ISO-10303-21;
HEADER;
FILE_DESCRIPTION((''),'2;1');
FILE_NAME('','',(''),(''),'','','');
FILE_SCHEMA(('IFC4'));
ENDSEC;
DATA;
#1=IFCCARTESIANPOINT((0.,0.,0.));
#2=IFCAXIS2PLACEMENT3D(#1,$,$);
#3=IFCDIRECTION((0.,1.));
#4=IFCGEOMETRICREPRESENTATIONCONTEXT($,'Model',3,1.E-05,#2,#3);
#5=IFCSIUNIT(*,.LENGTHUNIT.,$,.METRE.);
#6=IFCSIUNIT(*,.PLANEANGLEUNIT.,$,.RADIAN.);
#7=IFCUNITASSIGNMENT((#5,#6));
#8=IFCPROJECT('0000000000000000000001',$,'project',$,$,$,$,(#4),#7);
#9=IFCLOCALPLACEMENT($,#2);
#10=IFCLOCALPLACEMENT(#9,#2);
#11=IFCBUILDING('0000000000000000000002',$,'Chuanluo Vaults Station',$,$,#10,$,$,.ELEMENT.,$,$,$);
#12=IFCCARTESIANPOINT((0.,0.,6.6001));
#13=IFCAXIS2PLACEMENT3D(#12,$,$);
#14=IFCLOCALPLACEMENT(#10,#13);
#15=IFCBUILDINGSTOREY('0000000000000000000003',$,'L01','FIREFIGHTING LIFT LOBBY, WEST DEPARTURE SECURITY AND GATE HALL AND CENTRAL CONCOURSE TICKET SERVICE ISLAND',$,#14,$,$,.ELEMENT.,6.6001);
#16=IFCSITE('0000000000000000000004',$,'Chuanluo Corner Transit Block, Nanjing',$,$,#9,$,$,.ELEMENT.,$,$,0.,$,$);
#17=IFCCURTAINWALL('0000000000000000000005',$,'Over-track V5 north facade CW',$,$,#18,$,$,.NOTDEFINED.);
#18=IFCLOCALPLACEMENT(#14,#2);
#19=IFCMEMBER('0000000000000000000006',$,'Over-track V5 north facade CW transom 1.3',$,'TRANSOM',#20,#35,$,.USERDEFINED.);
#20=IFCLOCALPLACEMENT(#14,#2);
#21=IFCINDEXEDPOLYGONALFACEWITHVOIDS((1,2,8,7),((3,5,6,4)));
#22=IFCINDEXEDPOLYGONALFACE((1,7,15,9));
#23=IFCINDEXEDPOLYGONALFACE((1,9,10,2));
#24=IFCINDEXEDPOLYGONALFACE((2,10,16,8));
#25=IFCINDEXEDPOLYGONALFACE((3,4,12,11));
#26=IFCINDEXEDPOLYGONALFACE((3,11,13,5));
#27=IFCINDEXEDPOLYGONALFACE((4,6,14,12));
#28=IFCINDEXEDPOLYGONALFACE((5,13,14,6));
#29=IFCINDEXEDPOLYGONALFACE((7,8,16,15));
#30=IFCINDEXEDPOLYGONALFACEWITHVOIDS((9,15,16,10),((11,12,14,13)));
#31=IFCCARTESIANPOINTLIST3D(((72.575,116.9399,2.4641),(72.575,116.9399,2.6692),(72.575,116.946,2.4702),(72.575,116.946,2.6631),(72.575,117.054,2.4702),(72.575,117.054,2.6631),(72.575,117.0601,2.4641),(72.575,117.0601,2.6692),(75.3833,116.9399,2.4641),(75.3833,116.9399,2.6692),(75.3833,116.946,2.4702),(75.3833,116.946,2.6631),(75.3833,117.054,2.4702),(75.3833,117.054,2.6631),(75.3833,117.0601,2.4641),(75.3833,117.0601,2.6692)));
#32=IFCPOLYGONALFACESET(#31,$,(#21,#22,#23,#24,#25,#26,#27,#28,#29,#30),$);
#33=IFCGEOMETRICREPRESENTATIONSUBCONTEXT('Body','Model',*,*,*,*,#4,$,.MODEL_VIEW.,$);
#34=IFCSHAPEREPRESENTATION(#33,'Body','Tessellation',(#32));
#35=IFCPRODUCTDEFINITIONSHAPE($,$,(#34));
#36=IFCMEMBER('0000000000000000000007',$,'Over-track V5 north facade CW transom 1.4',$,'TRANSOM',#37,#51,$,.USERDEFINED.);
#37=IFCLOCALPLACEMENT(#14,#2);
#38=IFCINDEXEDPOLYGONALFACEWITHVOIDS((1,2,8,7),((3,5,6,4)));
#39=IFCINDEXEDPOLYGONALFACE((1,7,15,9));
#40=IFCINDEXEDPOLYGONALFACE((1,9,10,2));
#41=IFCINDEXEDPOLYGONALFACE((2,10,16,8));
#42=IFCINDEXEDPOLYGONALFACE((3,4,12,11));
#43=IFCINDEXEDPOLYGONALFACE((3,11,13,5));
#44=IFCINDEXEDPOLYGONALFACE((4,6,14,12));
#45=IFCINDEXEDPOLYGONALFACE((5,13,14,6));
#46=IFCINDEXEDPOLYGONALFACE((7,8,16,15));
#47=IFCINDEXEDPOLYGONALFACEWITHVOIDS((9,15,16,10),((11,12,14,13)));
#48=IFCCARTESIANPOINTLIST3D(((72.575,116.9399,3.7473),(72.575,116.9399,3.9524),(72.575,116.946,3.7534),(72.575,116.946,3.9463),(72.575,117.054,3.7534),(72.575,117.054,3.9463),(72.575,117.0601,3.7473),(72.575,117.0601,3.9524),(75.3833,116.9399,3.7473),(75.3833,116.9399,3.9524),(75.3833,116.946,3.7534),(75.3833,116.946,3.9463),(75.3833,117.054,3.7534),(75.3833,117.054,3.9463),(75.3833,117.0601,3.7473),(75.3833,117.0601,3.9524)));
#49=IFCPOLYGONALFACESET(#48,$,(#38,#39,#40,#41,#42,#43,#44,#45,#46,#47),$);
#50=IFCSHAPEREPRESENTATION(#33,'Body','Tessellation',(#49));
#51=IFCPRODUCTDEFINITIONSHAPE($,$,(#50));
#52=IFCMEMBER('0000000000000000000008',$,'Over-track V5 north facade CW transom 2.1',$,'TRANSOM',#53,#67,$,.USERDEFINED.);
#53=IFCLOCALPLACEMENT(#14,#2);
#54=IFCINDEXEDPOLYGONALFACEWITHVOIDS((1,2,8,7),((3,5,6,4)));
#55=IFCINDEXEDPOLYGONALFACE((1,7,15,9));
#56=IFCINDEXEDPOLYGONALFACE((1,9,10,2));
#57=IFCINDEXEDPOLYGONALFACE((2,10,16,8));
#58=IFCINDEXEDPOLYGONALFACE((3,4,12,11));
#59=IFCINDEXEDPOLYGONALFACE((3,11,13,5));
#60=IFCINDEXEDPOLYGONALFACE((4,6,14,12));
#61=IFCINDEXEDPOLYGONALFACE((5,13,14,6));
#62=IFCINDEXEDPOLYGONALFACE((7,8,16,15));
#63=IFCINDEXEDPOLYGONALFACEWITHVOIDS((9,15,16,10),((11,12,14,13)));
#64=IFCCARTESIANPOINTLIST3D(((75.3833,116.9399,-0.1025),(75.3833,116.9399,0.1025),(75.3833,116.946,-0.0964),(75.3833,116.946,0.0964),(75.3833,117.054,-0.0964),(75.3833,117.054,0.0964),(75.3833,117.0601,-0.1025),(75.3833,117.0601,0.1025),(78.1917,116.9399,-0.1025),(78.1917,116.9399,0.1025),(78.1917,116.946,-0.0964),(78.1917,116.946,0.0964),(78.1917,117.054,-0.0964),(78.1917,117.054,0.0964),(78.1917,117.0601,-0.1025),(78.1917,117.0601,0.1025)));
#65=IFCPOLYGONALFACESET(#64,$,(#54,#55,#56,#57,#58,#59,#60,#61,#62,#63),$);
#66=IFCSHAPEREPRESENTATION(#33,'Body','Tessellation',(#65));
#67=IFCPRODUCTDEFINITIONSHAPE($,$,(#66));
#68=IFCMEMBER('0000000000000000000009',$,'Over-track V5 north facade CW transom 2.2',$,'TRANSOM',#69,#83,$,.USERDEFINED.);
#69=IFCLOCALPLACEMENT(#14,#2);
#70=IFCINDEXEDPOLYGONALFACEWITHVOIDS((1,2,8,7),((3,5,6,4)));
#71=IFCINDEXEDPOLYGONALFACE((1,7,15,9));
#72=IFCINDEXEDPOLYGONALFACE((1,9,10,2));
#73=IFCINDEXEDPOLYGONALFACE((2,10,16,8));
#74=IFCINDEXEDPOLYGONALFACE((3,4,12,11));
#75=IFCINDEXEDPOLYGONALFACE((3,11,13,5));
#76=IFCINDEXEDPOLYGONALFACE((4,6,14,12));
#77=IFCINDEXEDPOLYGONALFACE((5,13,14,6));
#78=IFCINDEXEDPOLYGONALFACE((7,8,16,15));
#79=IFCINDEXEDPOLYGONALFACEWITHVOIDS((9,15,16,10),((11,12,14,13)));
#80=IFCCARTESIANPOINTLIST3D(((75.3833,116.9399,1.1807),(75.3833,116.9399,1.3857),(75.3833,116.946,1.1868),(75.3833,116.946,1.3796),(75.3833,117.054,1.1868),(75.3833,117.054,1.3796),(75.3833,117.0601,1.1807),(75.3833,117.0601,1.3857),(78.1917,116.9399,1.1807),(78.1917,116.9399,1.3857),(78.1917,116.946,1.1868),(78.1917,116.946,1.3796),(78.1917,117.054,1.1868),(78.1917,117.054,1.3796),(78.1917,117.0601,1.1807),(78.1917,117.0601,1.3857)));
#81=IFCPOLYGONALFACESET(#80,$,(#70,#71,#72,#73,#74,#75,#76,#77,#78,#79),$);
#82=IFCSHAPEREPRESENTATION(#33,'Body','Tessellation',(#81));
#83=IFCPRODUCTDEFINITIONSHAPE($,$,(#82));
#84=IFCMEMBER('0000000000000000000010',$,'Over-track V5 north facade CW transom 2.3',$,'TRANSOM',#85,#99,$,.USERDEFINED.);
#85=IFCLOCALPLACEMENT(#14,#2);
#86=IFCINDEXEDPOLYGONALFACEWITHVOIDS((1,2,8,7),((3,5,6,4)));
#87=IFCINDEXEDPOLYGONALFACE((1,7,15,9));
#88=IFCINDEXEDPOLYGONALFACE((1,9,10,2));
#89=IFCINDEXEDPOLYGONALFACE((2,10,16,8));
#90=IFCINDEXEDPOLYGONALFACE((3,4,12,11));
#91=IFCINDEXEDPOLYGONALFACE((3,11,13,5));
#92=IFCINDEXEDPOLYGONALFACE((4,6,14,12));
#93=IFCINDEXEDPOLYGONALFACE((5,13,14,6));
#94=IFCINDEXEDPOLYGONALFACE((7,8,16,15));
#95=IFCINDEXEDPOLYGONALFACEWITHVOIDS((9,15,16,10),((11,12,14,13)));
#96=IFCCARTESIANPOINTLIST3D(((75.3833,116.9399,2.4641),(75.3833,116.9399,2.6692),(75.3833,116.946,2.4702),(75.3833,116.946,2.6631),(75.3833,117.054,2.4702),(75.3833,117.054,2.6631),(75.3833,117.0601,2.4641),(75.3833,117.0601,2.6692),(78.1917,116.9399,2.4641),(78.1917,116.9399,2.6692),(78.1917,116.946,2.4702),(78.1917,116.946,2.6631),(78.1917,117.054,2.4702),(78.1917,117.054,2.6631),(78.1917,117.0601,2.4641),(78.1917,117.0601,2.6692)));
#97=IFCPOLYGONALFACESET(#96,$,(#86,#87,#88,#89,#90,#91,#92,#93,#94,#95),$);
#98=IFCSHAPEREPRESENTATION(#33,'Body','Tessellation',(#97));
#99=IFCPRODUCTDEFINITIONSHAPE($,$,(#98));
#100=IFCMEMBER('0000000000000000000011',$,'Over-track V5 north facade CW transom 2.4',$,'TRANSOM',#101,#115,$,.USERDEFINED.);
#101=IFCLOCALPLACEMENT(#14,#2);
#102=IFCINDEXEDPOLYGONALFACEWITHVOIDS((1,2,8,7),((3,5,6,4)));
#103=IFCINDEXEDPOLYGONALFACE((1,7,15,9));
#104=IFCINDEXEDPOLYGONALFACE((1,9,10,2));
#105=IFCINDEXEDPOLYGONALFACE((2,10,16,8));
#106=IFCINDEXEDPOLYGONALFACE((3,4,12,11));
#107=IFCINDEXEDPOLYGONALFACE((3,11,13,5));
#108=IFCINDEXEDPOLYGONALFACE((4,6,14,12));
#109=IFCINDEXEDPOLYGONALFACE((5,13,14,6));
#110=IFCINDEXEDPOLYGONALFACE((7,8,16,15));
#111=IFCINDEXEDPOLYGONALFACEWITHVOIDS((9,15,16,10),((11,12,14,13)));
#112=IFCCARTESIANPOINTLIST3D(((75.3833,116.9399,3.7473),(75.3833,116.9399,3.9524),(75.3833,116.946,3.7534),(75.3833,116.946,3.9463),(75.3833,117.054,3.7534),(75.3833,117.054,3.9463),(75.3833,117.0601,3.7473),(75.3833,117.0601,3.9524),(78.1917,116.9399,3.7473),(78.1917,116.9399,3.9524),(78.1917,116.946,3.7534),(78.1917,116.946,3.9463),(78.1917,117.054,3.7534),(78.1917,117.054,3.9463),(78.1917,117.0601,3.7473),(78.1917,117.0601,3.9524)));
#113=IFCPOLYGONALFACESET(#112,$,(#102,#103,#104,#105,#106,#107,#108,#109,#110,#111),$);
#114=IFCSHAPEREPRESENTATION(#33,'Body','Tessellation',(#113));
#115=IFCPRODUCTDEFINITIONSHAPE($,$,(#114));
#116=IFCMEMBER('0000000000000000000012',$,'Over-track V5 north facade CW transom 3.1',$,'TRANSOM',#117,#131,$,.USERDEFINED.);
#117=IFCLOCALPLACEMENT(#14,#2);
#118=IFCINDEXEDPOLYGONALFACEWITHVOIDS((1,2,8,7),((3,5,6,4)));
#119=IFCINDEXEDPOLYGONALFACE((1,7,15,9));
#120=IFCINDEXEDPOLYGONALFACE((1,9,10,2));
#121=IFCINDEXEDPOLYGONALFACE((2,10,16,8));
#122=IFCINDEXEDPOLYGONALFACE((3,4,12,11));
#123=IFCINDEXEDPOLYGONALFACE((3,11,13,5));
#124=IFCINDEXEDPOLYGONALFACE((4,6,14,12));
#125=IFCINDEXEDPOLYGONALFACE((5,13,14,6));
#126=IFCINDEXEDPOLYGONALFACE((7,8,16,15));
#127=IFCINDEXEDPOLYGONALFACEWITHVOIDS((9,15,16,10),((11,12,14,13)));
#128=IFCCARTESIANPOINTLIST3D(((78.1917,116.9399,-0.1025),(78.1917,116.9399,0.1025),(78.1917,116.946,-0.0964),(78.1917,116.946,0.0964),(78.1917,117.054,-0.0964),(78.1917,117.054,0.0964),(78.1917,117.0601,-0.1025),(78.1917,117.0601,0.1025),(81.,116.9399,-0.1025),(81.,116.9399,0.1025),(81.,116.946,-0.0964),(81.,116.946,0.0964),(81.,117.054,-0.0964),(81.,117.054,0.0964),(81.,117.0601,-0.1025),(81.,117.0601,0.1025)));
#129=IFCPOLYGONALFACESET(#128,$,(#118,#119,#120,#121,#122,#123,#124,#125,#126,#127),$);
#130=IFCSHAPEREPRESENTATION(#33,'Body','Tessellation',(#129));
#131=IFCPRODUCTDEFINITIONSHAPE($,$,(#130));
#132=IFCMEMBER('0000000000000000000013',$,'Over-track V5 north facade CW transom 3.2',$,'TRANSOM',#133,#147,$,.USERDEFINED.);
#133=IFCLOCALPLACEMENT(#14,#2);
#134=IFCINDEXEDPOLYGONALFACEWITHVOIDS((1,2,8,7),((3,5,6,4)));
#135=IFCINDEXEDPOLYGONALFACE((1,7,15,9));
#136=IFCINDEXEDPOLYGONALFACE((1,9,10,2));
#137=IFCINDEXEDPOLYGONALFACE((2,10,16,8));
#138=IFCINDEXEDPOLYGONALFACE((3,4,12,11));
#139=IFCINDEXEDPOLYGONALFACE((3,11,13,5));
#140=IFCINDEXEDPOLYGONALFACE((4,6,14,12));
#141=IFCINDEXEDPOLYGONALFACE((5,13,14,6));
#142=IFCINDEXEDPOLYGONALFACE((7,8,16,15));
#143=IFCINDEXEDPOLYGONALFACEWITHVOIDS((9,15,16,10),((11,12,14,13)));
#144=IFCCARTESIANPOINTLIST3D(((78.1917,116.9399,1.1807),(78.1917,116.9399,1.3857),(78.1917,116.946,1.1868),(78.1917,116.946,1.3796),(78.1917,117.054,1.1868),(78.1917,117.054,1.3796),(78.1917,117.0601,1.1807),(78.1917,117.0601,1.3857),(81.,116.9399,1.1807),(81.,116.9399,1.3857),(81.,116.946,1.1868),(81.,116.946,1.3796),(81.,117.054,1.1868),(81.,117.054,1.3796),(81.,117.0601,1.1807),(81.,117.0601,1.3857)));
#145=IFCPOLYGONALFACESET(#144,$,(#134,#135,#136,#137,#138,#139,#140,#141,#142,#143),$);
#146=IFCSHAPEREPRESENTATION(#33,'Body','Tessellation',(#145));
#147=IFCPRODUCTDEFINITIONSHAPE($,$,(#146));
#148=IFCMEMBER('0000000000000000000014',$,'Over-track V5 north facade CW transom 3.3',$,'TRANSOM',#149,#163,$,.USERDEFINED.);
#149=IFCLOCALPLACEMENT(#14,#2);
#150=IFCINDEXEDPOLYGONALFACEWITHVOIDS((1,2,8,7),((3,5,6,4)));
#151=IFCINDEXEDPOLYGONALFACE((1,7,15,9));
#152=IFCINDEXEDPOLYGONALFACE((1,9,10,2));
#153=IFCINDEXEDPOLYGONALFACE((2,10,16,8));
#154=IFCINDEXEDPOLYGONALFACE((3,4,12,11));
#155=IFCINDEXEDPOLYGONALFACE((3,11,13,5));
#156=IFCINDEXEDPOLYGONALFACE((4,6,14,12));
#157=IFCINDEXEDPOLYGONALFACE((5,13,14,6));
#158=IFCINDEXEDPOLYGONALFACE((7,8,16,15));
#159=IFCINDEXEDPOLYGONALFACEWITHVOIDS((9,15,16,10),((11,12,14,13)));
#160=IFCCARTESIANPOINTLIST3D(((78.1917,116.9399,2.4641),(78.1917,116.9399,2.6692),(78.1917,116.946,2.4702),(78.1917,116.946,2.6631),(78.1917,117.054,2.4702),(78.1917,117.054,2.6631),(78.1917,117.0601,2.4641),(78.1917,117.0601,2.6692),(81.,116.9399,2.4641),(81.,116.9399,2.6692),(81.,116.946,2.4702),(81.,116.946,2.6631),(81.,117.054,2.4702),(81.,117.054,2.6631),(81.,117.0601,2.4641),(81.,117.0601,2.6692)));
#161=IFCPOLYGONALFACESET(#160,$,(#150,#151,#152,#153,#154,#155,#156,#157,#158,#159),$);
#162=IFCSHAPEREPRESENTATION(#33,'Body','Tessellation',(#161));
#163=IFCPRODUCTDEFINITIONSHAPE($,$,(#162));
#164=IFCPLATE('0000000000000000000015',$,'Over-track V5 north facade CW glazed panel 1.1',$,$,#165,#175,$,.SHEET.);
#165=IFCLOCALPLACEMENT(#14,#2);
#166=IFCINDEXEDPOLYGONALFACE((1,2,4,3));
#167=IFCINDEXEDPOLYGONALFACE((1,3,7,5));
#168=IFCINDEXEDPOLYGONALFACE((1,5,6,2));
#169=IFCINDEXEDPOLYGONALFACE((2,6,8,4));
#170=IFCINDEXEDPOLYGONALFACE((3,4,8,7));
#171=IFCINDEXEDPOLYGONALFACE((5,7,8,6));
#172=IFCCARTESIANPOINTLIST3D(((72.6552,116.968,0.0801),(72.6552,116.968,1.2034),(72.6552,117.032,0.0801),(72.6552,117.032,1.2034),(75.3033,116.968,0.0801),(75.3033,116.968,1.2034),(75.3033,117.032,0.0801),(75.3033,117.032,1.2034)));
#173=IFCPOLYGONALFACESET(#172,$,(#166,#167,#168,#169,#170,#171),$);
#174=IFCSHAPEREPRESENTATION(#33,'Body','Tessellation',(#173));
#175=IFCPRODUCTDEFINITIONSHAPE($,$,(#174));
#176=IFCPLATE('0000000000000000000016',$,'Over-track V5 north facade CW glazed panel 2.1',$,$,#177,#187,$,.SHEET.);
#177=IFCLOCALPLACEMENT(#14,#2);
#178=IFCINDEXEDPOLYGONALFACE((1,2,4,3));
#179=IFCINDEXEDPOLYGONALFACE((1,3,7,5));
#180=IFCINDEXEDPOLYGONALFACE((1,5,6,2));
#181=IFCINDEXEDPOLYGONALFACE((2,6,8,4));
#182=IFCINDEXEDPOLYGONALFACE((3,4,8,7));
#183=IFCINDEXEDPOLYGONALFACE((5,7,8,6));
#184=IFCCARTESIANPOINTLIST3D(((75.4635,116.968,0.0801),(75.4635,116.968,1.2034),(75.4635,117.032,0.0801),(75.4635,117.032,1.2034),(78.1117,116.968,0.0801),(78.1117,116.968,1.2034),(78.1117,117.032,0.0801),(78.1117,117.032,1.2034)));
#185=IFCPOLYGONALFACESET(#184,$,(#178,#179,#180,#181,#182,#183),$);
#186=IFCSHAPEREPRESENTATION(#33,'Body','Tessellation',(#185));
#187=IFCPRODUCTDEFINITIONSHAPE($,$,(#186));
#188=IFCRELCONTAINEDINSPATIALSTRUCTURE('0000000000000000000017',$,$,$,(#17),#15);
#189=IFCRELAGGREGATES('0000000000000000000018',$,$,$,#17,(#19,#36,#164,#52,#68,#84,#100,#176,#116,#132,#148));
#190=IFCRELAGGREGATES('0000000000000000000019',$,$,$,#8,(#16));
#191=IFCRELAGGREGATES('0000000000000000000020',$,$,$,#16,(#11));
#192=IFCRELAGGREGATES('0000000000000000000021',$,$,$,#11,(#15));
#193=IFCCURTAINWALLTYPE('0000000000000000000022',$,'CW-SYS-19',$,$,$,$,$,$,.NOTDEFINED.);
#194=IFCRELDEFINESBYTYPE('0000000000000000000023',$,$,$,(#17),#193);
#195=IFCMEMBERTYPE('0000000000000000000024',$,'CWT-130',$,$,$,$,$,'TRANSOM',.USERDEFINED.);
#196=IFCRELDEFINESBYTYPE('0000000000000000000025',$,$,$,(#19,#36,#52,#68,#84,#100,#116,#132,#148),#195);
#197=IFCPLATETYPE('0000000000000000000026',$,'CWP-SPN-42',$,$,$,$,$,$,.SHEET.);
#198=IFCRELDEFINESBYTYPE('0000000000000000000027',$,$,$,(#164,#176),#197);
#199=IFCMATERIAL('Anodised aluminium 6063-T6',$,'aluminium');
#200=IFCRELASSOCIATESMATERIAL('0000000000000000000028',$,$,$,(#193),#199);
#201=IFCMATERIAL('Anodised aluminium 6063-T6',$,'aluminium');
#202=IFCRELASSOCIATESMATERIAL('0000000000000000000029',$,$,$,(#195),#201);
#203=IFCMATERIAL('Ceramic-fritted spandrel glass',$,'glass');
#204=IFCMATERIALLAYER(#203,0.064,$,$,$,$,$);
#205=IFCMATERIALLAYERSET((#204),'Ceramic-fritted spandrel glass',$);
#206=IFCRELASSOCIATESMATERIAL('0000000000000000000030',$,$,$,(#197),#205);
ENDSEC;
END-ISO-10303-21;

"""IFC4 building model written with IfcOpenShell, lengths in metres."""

from ifc_helpers import new_model, si_unit, direction, frame, origin, origin_2d, place, context, subcontext, project, spatial, rectangle, hollow_rectangle, extrude, material, layer, layer_set, material_profile, profile_set, type_object, element, aggregate, save


model = new_model("IFC4")

# Units and contexts
model_context = context("Model", 3, precision=1e-05, world=origin(), true_north=direction((0.0, 1.0)))
body_context = subcontext(model_context, "Body", "Model", "MODEL_VIEW")
ifc_project = project(units=[si_unit("LENGTHUNIT", "METRE"), si_unit("PLANEANGLEUNIT", "RADIAN")], contexts=[model_context])

# Site, building, storey
site_placement = place(None, origin())
site = spatial("IfcSite", under=ifc_project, at=site_placement, Name="Chuanluo Corner Transit Block, Nanjing", CompositionType="ELEMENT", RefElevation=0.0)
building_placement = place(site_placement, origin())
building = spatial("IfcBuilding", under=site, at=building_placement, Name="Chuanluo Vaults Station", CompositionType="ELEMENT")
storey_placement = place(building_placement, frame((0.0, 0.0, 6.6001)))
storey = spatial("IfcBuildingStorey", under=building, at=storey_placement, Name="L01", Description="FIREFIGHTING LIFT LOBBY, WEST DEPARTURE SECURITY AND GATE HALL AND CENTRAL CONCOURSE TICKET SERVICE ISLAND", CompositionType="ELEMENT", Elevation=6.6001)

# Curtain wall, members, plates
ifc_material_1 = material(Name="Anodised aluminium 6063-T6", Category="aluminium")
curtain_wall_type = type_object("IfcCurtainWallType", Name="CW-SYS-19", PredefinedType="NOTDEFINED", material=ifc_material_1)
curtain_wall_placement = place(storey_placement, origin())
curtain_wall = element("IfcCurtainWall", 1, at=curtain_wall_placement, inside=storey, type_object=curtain_wall_type, Name="Over-track V5 north facade CW", PredefinedType="NOTDEFINED")
ifc_material_2 = material(Name="Anodised aluminium 6063-T6", Category="aluminium")
ifc_material_profile_1 = material_profile(ifc_material_2, hollow_rectangle(XDim=0.1201, YDim=0.2051, WallThickness=0.0061, at=origin_2d()))
ifc_profile_set_1 = profile_set([ifc_material_profile_1], Name="Anodised aluminium 6063-T6")
member_type_1 = type_object("IfcMemberType", Name="CWT-130", ElementType="TRANSOM", PredefinedType="USERDEFINED", material=ifc_profile_set_1)
member_1_placement = place(storey_placement, frame((72.575, 117.0, 2.5667), z_axis=(1.0, 0.0, 0.0), x_axis=(0.0, 1.0, 0.0)))
member_1 = element("IfcMember", 2, at=member_1_placement, type_object=member_type_1, Name="Over-track V5 north facade CW transom 1.3", ObjectType="TRANSOM", PredefinedType="USERDEFINED", context=body_context, shape_type="SweptSolid", body=[
    extrude(hollow_rectangle(XDim=0.1201, YDim=0.2051, WallThickness=0.0061, at=origin_2d()), origin(), (0.0, 0.0, 1.0), 2.8083),
])
member_2_placement = place(storey_placement, frame((72.575, 117.0, 3.8499), z_axis=(1.0, 0.0, 0.0), x_axis=(0.0, 1.0, 0.0)))
member_2 = element("IfcMember", 3, at=member_2_placement, type_object=member_type_1, Name="Over-track V5 north facade CW transom 1.4", ObjectType="TRANSOM", PredefinedType="USERDEFINED", context=body_context, shape_type="SweptSolid", body=[
    extrude(hollow_rectangle(XDim=0.1201, YDim=0.2051, WallThickness=0.0061, at=origin_2d()), origin(), (0.0, 0.0, 1.0), 2.8083),
])
member_3_placement = place(storey_placement, frame((75.3833, 117.0, 0.0), z_axis=(1.0, 0.0, 0.0), x_axis=(0.0, 1.0, 0.0)))
member_3 = element("IfcMember", 4, at=member_3_placement, type_object=member_type_1, Name="Over-track V5 north facade CW transom 2.1", ObjectType="TRANSOM", PredefinedType="USERDEFINED", context=body_context, shape_type="SweptSolid", body=[
    extrude(hollow_rectangle(XDim=0.1201, YDim=0.2051, WallThickness=0.0061, at=origin_2d()), origin(), (0.0, 0.0, 1.0), 2.8083),
])
member_4_placement = place(storey_placement, frame((75.3833, 117.0, 1.2832), z_axis=(1.0, 0.0, 0.0), x_axis=(0.0, 1.0, 0.0)))
member_4 = element("IfcMember", 5, at=member_4_placement, type_object=member_type_1, Name="Over-track V5 north facade CW transom 2.2", ObjectType="TRANSOM", PredefinedType="USERDEFINED", context=body_context, shape_type="SweptSolid", body=[
    extrude(hollow_rectangle(XDim=0.1201, YDim=0.2051, WallThickness=0.0061, at=origin_2d()), origin(), (0.0, 0.0, 1.0), 2.8083),
])
member_5_placement = place(storey_placement, frame((75.3833, 117.0, 2.5667), z_axis=(1.0, 0.0, 0.0), x_axis=(0.0, 1.0, 0.0)))
member_5 = element("IfcMember", 6, at=member_5_placement, type_object=member_type_1, Name="Over-track V5 north facade CW transom 2.3", ObjectType="TRANSOM", PredefinedType="USERDEFINED", context=body_context, shape_type="SweptSolid", body=[
    extrude(hollow_rectangle(XDim=0.1201, YDim=0.2051, WallThickness=0.0061, at=origin_2d()), origin(), (0.0, 0.0, 1.0), 2.8083),
])
member_6_placement = place(storey_placement, frame((75.3833, 117.0, 3.8499), z_axis=(1.0, 0.0, 0.0), x_axis=(0.0, 1.0, 0.0)))
member_6 = element("IfcMember", 7, at=member_6_placement, type_object=member_type_1, Name="Over-track V5 north facade CW transom 2.4", ObjectType="TRANSOM", PredefinedType="USERDEFINED", context=body_context, shape_type="SweptSolid", body=[
    extrude(hollow_rectangle(XDim=0.1201, YDim=0.2051, WallThickness=0.0061, at=origin_2d()), origin(), (0.0, 0.0, 1.0), 2.8083),
])
member_7_placement = place(storey_placement, frame((78.1917, 117.0, 0.0), z_axis=(1.0, 0.0, 0.0), x_axis=(0.0, 1.0, 0.0)))
member_7 = element("IfcMember", 8, at=member_7_placement, type_object=member_type_1, Name="Over-track V5 north facade CW transom 3.1", ObjectType="TRANSOM", PredefinedType="USERDEFINED", context=body_context, shape_type="SweptSolid", body=[
    extrude(hollow_rectangle(XDim=0.1201, YDim=0.2051, WallThickness=0.0061, at=origin_2d()), origin(), (0.0, 0.0, 1.0), 2.8083),
])
member_8_placement = place(storey_placement, frame((78.1917, 117.0, 1.2832), z_axis=(1.0, 0.0, 0.0), x_axis=(0.0, 1.0, 0.0)))
member_8 = element("IfcMember", 9, at=member_8_placement, type_object=member_type_1, Name="Over-track V5 north facade CW transom 3.2", ObjectType="TRANSOM", PredefinedType="USERDEFINED", context=body_context, shape_type="SweptSolid", body=[
    extrude(hollow_rectangle(XDim=0.1201, YDim=0.2051, WallThickness=0.0061, at=origin_2d()), origin(), (0.0, 0.0, 1.0), 2.8083),
])
member_9_placement = place(storey_placement, frame((78.1917, 117.0, 2.5667), z_axis=(1.0, 0.0, 0.0), x_axis=(0.0, 1.0, 0.0)))
member_9 = element("IfcMember", 10, at=member_9_placement, type_object=member_type_1, Name="Over-track V5 north facade CW transom 3.3", ObjectType="TRANSOM", PredefinedType="USERDEFINED", context=body_context, shape_type="SweptSolid", body=[
    extrude(hollow_rectangle(XDim=0.1201, YDim=0.2051, WallThickness=0.0061, at=origin_2d()), origin(), (0.0, 0.0, 1.0), 2.8083),
])
ifc_material_3 = material(Name="Ceramic-fritted spandrel glass", Category="glass")
ifc_layer_1 = layer(ifc_material_3, 0.064)
ifc_layer_set_1 = layer_set([ifc_layer_1], Name="Ceramic-fritted spandrel glass")
plate_type_1 = type_object("IfcPlateType", Name="CWP-SPN-42", PredefinedType="SHEET", material=ifc_layer_set_1)
plate_1_placement = place(storey_placement, frame((73.9792, 117.0, 0.0801), z_axis=(0.0, 0.0, 1.0), x_axis=(1.0, 0.0, 0.0)))
plate_1 = element("IfcPlate", 11, at=plate_1_placement, type_object=plate_type_1, Name="Over-track V5 north facade CW glazed panel 1.1", PredefinedType="SHEET", context=body_context, shape_type="SweptSolid", body=[
    extrude(rectangle(XDim=2.6482, YDim=0.064, at=origin_2d()), origin(), (0.0, 0.0, 1.0), 1.1233),
])
plate_2_placement = place(storey_placement, frame((76.7876, 117.0, 0.0801), z_axis=(0.0, 0.0, 1.0), x_axis=(1.0, 0.0, 0.0)))
plate_2 = element("IfcPlate", 12, at=plate_2_placement, type_object=plate_type_1, Name="Over-track V5 north facade CW glazed panel 2.1", PredefinedType="SHEET", context=body_context, shape_type="SweptSolid", body=[
    extrude(rectangle(XDim=2.6482, YDim=0.064, at=origin_2d()), origin(), (0.0, 0.0, 1.0), 1.1233),
])
aggregate(curtain_wall, [member_1, member_2, plate_1, member_3, member_4, member_5, member_6, plate_2, member_7, member_8, member_9])

save(model, "model.ifc")
